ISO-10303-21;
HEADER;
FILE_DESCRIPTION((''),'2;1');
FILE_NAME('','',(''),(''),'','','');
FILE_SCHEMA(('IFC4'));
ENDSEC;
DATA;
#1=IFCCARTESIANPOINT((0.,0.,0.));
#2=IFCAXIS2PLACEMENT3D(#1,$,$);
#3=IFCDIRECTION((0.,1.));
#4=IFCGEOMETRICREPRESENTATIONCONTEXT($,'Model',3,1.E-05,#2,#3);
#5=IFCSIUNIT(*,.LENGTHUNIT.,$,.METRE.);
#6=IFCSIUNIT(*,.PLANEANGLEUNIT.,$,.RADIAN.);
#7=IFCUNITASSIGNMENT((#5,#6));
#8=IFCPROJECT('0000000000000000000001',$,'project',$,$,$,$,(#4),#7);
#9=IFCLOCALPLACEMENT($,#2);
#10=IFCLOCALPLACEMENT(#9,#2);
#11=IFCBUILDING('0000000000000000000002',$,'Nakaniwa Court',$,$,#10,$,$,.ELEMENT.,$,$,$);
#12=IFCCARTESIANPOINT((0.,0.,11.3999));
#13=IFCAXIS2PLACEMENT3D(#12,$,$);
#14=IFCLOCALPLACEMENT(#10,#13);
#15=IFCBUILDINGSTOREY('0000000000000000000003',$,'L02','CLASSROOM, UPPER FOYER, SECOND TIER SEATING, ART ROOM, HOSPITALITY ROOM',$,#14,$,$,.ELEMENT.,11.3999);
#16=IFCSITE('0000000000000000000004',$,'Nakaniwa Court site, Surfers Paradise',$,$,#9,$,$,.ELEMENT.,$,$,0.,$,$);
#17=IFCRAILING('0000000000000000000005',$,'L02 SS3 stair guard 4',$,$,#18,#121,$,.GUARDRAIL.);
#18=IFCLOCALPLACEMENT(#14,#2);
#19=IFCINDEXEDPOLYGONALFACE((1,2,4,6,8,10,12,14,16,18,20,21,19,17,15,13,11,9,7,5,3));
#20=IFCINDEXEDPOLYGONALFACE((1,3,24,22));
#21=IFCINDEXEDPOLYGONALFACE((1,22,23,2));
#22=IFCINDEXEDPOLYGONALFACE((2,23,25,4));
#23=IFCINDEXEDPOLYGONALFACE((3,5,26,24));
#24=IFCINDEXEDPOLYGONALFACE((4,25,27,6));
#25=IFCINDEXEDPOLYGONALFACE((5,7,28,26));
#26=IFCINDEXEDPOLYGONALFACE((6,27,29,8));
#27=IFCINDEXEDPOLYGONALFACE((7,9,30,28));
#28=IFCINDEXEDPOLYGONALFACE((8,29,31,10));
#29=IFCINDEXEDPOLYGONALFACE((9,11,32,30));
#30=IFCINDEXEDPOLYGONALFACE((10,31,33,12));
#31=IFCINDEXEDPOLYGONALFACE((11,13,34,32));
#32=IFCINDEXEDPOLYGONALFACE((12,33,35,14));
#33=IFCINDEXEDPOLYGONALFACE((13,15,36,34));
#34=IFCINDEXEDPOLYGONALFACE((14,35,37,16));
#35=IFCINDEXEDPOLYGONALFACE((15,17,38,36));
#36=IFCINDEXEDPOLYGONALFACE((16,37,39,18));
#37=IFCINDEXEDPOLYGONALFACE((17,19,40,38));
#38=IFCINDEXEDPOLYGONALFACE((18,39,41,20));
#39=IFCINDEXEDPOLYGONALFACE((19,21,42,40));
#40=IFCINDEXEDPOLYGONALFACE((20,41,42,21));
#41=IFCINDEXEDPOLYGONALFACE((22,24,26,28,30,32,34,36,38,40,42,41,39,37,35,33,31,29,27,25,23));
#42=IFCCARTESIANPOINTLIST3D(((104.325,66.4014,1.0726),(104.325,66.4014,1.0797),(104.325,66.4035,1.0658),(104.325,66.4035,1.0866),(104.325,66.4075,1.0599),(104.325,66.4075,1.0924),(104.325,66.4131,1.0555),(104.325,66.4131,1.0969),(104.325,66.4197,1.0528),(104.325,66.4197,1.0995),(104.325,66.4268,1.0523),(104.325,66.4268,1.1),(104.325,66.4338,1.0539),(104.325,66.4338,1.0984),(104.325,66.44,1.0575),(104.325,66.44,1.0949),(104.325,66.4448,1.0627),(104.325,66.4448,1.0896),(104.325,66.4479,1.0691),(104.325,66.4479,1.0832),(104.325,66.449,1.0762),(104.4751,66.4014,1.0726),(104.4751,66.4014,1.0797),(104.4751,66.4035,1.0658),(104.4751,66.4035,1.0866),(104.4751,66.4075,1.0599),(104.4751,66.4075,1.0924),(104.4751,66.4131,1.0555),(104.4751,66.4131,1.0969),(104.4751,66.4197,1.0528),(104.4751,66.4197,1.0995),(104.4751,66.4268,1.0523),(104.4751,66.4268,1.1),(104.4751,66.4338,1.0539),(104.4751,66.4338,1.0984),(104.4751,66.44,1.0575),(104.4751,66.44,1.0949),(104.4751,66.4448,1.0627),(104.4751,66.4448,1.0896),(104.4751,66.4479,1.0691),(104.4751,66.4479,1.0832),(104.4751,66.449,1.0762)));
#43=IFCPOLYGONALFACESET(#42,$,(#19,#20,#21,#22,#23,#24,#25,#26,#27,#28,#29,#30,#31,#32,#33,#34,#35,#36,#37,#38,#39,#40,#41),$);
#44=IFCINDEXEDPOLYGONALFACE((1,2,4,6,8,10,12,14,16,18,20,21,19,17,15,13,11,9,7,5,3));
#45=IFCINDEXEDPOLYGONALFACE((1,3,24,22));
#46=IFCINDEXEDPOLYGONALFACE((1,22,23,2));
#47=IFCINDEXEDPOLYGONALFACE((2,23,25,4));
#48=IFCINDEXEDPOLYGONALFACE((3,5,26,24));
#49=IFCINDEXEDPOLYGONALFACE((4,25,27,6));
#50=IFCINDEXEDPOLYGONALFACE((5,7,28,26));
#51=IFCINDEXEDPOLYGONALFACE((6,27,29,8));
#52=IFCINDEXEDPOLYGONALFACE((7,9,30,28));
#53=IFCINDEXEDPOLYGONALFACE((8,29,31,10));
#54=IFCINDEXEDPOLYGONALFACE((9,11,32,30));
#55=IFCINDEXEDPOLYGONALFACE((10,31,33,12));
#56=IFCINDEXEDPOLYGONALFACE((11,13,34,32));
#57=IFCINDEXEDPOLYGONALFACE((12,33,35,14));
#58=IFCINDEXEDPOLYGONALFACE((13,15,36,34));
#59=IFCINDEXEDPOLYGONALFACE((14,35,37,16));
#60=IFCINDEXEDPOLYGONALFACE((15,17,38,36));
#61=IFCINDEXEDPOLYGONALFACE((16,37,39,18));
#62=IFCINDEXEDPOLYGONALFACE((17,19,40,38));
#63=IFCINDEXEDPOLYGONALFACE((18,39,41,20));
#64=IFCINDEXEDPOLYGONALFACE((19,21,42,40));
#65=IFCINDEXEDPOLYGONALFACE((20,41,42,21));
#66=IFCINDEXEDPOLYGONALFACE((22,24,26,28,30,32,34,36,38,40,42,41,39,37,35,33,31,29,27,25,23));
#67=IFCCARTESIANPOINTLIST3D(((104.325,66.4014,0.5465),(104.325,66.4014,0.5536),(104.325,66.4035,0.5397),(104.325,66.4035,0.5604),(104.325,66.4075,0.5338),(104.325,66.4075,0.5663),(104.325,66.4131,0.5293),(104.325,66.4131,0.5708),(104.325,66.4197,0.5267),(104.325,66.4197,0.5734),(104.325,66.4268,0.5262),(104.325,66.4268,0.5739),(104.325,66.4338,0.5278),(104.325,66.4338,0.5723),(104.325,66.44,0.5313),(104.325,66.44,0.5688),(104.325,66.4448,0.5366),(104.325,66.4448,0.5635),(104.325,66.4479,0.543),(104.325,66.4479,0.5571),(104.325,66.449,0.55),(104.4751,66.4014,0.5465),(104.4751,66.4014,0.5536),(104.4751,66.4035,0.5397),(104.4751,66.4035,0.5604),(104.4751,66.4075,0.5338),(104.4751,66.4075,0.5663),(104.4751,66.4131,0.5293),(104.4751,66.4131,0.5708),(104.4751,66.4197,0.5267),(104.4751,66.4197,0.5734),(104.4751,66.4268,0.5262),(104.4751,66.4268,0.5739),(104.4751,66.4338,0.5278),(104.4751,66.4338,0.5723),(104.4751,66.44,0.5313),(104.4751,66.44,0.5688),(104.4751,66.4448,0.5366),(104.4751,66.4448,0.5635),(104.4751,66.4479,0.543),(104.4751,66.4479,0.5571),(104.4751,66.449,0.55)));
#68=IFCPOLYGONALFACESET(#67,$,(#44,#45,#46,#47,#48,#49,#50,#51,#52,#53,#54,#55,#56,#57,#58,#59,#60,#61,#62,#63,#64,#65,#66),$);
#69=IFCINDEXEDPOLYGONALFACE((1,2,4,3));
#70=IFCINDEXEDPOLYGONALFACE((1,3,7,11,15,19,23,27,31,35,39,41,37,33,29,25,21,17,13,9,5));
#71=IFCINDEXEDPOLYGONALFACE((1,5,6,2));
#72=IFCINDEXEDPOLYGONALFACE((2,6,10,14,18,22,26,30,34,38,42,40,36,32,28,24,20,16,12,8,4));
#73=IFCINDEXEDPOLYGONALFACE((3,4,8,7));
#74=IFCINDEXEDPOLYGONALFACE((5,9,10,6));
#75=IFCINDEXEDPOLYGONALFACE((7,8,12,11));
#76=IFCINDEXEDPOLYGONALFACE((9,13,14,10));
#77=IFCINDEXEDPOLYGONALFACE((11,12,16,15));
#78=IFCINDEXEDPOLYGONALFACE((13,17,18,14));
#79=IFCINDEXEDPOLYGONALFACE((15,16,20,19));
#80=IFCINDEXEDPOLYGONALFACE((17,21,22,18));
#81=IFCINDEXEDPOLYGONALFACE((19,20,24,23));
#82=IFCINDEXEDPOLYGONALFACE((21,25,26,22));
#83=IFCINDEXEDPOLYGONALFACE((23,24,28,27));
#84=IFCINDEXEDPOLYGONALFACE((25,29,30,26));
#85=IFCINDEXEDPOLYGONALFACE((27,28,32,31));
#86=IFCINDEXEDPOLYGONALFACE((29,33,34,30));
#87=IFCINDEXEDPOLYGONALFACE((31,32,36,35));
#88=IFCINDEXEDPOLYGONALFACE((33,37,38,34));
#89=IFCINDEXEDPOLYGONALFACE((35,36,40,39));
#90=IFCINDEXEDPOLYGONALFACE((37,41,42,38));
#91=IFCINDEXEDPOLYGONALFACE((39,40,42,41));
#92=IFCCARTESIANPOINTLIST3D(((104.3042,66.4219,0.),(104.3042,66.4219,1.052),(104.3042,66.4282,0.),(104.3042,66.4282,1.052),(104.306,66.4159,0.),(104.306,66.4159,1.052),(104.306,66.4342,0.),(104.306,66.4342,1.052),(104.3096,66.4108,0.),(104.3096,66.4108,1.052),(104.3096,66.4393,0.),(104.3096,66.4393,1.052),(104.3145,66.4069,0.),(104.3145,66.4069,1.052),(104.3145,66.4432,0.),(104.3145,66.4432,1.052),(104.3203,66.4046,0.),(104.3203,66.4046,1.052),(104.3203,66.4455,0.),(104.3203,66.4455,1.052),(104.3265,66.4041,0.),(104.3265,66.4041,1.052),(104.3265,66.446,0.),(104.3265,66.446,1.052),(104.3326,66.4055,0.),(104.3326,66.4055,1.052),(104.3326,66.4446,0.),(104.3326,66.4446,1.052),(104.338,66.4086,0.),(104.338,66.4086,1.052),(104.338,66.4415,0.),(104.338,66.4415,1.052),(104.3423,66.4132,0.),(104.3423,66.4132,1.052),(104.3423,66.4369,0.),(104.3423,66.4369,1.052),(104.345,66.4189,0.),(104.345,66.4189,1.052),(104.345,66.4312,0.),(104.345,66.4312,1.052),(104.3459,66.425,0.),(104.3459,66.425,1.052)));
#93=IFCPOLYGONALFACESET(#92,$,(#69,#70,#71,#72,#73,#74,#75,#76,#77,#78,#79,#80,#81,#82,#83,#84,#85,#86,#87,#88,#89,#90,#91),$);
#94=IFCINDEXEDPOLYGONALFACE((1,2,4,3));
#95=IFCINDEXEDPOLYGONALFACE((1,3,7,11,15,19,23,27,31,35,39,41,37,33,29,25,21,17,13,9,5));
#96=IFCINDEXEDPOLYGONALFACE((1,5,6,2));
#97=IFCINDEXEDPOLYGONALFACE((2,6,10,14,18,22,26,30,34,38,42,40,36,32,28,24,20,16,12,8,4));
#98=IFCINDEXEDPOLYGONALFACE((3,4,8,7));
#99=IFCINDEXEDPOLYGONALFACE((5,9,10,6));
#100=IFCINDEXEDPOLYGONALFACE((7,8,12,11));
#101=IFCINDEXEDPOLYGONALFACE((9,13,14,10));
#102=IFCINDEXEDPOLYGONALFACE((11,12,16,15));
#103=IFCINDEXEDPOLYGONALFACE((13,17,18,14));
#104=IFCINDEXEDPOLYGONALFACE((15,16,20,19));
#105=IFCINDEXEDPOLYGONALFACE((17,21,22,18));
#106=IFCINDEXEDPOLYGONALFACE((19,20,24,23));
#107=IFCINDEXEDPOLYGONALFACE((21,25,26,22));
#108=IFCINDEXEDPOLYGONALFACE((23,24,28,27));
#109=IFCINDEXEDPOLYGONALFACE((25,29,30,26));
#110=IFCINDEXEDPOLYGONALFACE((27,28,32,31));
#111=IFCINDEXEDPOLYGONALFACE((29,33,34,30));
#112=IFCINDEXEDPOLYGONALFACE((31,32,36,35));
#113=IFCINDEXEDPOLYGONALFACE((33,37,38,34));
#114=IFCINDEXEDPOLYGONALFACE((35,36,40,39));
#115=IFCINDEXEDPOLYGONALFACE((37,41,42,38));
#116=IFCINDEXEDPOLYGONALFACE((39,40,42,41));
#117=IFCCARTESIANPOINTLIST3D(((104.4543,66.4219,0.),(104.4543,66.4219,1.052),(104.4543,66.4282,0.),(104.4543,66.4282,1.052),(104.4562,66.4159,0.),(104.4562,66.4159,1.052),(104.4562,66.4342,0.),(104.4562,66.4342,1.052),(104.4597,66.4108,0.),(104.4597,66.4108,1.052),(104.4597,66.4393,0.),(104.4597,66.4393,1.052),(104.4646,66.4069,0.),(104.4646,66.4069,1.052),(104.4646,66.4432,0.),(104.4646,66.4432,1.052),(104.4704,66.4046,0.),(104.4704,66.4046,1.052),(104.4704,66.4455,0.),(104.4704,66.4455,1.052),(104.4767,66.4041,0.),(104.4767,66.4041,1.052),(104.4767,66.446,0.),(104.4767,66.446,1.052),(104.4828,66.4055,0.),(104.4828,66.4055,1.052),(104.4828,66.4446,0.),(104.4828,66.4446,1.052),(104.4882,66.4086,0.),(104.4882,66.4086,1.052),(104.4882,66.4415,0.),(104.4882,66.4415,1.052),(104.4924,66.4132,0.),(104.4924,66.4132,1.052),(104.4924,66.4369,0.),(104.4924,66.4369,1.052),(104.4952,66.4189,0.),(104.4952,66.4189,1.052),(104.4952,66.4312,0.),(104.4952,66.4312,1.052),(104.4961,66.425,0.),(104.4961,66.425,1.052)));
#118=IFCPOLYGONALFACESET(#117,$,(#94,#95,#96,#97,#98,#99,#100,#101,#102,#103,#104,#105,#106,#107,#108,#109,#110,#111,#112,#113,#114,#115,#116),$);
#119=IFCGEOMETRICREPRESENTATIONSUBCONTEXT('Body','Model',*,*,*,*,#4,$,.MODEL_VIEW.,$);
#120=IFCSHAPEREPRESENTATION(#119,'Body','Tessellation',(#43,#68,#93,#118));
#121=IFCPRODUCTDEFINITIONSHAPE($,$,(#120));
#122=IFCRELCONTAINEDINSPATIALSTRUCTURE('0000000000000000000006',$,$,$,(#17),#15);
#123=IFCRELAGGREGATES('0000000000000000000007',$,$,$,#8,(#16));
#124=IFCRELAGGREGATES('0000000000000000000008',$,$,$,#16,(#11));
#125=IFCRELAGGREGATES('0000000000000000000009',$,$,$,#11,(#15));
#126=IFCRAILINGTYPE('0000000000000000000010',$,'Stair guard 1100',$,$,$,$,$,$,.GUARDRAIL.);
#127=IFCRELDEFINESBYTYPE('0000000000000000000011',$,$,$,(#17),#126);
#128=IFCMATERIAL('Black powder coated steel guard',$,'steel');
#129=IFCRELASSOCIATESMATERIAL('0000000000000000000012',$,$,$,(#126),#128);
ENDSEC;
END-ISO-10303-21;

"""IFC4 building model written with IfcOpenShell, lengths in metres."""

from ifc_helpers import new_model, si_unit, direction, frame, origin, origin_2d, place, context, subcontext, project, spatial, circle, extrude, material, type_object, element, save


model = new_model("IFC4")

# Units and contexts
model_context = context("Model", 3, precision=1e-05, world=origin(), true_north=direction((0.0, 1.0)))
body_context = subcontext(model_context, "Body", "Model", "MODEL_VIEW")
ifc_project = project(units=[si_unit("LENGTHUNIT", "METRE"), si_unit("PLANEANGLEUNIT", "RADIAN")], contexts=[model_context])

# Site, building, storey
site_placement = place(None, origin())
site = spatial("IfcSite", under=ifc_project, at=site_placement, Name="Nakaniwa Court site, Surfers Paradise", CompositionType="ELEMENT", RefElevation=0.0)
building_placement = place(site_placement, origin())
building = spatial("IfcBuilding", under=site, at=building_placement, Name="Nakaniwa Court", CompositionType="ELEMENT")
storey_placement = place(building_placement, frame((0.0, 0.0, 11.3999)))
storey = spatial("IfcBuildingStorey", under=building, at=storey_placement, Name="L02", Description="CLASSROOM, UPPER FOYER, SECOND TIER SEATING, ART ROOM, HOSPITALITY ROOM", CompositionType="ELEMENT", Elevation=11.3999)

# Railing
ifc_material_1 = material(Name="Black powder coated steel guard", Category="steel")
railing_type = type_object("IfcRailingType", Name="Stair guard 1100", PredefinedType="GUARDRAIL", material=ifc_material_1)
railing_1_placement = place(storey_placement, frame((104.325, 66.425, 0.0)))
element("IfcRailing", 1, at=railing_1_placement, inside=storey, type_object=railing_type, Name="L02 SS3 stair guard 4", PredefinedType="GUARDRAIL", context=body_context, shape_type="SweptSolid", body=[
    extrude(circle(Radius=0.0239, at=origin_2d()), frame((0.0, 0.0, 1.0762), z_axis=(1.0, 0.0, 0.0), x_axis=(0.0, 1.0, 0.0)), (0.0, 0.0, 1.0), 0.1501),
    extrude(circle(Radius=0.0239, at=origin_2d()), frame((0.0, 0.0, 0.55), z_axis=(1.0, 0.0, 0.0), x_axis=(0.0, 1.0, 0.0)), (0.0, 0.0, 1.0), 0.1501),
    extrude(circle(Radius=0.021, at=origin_2d()), origin(), (0.0, 0.0, 1.0), 1.052),
    extrude(circle(Radius=0.021, at=origin_2d()), frame((0.1501, 0.0, 0.0)), (0.0, 0.0, 1.0), 1.052),
])

save(model, "model.ifc")
